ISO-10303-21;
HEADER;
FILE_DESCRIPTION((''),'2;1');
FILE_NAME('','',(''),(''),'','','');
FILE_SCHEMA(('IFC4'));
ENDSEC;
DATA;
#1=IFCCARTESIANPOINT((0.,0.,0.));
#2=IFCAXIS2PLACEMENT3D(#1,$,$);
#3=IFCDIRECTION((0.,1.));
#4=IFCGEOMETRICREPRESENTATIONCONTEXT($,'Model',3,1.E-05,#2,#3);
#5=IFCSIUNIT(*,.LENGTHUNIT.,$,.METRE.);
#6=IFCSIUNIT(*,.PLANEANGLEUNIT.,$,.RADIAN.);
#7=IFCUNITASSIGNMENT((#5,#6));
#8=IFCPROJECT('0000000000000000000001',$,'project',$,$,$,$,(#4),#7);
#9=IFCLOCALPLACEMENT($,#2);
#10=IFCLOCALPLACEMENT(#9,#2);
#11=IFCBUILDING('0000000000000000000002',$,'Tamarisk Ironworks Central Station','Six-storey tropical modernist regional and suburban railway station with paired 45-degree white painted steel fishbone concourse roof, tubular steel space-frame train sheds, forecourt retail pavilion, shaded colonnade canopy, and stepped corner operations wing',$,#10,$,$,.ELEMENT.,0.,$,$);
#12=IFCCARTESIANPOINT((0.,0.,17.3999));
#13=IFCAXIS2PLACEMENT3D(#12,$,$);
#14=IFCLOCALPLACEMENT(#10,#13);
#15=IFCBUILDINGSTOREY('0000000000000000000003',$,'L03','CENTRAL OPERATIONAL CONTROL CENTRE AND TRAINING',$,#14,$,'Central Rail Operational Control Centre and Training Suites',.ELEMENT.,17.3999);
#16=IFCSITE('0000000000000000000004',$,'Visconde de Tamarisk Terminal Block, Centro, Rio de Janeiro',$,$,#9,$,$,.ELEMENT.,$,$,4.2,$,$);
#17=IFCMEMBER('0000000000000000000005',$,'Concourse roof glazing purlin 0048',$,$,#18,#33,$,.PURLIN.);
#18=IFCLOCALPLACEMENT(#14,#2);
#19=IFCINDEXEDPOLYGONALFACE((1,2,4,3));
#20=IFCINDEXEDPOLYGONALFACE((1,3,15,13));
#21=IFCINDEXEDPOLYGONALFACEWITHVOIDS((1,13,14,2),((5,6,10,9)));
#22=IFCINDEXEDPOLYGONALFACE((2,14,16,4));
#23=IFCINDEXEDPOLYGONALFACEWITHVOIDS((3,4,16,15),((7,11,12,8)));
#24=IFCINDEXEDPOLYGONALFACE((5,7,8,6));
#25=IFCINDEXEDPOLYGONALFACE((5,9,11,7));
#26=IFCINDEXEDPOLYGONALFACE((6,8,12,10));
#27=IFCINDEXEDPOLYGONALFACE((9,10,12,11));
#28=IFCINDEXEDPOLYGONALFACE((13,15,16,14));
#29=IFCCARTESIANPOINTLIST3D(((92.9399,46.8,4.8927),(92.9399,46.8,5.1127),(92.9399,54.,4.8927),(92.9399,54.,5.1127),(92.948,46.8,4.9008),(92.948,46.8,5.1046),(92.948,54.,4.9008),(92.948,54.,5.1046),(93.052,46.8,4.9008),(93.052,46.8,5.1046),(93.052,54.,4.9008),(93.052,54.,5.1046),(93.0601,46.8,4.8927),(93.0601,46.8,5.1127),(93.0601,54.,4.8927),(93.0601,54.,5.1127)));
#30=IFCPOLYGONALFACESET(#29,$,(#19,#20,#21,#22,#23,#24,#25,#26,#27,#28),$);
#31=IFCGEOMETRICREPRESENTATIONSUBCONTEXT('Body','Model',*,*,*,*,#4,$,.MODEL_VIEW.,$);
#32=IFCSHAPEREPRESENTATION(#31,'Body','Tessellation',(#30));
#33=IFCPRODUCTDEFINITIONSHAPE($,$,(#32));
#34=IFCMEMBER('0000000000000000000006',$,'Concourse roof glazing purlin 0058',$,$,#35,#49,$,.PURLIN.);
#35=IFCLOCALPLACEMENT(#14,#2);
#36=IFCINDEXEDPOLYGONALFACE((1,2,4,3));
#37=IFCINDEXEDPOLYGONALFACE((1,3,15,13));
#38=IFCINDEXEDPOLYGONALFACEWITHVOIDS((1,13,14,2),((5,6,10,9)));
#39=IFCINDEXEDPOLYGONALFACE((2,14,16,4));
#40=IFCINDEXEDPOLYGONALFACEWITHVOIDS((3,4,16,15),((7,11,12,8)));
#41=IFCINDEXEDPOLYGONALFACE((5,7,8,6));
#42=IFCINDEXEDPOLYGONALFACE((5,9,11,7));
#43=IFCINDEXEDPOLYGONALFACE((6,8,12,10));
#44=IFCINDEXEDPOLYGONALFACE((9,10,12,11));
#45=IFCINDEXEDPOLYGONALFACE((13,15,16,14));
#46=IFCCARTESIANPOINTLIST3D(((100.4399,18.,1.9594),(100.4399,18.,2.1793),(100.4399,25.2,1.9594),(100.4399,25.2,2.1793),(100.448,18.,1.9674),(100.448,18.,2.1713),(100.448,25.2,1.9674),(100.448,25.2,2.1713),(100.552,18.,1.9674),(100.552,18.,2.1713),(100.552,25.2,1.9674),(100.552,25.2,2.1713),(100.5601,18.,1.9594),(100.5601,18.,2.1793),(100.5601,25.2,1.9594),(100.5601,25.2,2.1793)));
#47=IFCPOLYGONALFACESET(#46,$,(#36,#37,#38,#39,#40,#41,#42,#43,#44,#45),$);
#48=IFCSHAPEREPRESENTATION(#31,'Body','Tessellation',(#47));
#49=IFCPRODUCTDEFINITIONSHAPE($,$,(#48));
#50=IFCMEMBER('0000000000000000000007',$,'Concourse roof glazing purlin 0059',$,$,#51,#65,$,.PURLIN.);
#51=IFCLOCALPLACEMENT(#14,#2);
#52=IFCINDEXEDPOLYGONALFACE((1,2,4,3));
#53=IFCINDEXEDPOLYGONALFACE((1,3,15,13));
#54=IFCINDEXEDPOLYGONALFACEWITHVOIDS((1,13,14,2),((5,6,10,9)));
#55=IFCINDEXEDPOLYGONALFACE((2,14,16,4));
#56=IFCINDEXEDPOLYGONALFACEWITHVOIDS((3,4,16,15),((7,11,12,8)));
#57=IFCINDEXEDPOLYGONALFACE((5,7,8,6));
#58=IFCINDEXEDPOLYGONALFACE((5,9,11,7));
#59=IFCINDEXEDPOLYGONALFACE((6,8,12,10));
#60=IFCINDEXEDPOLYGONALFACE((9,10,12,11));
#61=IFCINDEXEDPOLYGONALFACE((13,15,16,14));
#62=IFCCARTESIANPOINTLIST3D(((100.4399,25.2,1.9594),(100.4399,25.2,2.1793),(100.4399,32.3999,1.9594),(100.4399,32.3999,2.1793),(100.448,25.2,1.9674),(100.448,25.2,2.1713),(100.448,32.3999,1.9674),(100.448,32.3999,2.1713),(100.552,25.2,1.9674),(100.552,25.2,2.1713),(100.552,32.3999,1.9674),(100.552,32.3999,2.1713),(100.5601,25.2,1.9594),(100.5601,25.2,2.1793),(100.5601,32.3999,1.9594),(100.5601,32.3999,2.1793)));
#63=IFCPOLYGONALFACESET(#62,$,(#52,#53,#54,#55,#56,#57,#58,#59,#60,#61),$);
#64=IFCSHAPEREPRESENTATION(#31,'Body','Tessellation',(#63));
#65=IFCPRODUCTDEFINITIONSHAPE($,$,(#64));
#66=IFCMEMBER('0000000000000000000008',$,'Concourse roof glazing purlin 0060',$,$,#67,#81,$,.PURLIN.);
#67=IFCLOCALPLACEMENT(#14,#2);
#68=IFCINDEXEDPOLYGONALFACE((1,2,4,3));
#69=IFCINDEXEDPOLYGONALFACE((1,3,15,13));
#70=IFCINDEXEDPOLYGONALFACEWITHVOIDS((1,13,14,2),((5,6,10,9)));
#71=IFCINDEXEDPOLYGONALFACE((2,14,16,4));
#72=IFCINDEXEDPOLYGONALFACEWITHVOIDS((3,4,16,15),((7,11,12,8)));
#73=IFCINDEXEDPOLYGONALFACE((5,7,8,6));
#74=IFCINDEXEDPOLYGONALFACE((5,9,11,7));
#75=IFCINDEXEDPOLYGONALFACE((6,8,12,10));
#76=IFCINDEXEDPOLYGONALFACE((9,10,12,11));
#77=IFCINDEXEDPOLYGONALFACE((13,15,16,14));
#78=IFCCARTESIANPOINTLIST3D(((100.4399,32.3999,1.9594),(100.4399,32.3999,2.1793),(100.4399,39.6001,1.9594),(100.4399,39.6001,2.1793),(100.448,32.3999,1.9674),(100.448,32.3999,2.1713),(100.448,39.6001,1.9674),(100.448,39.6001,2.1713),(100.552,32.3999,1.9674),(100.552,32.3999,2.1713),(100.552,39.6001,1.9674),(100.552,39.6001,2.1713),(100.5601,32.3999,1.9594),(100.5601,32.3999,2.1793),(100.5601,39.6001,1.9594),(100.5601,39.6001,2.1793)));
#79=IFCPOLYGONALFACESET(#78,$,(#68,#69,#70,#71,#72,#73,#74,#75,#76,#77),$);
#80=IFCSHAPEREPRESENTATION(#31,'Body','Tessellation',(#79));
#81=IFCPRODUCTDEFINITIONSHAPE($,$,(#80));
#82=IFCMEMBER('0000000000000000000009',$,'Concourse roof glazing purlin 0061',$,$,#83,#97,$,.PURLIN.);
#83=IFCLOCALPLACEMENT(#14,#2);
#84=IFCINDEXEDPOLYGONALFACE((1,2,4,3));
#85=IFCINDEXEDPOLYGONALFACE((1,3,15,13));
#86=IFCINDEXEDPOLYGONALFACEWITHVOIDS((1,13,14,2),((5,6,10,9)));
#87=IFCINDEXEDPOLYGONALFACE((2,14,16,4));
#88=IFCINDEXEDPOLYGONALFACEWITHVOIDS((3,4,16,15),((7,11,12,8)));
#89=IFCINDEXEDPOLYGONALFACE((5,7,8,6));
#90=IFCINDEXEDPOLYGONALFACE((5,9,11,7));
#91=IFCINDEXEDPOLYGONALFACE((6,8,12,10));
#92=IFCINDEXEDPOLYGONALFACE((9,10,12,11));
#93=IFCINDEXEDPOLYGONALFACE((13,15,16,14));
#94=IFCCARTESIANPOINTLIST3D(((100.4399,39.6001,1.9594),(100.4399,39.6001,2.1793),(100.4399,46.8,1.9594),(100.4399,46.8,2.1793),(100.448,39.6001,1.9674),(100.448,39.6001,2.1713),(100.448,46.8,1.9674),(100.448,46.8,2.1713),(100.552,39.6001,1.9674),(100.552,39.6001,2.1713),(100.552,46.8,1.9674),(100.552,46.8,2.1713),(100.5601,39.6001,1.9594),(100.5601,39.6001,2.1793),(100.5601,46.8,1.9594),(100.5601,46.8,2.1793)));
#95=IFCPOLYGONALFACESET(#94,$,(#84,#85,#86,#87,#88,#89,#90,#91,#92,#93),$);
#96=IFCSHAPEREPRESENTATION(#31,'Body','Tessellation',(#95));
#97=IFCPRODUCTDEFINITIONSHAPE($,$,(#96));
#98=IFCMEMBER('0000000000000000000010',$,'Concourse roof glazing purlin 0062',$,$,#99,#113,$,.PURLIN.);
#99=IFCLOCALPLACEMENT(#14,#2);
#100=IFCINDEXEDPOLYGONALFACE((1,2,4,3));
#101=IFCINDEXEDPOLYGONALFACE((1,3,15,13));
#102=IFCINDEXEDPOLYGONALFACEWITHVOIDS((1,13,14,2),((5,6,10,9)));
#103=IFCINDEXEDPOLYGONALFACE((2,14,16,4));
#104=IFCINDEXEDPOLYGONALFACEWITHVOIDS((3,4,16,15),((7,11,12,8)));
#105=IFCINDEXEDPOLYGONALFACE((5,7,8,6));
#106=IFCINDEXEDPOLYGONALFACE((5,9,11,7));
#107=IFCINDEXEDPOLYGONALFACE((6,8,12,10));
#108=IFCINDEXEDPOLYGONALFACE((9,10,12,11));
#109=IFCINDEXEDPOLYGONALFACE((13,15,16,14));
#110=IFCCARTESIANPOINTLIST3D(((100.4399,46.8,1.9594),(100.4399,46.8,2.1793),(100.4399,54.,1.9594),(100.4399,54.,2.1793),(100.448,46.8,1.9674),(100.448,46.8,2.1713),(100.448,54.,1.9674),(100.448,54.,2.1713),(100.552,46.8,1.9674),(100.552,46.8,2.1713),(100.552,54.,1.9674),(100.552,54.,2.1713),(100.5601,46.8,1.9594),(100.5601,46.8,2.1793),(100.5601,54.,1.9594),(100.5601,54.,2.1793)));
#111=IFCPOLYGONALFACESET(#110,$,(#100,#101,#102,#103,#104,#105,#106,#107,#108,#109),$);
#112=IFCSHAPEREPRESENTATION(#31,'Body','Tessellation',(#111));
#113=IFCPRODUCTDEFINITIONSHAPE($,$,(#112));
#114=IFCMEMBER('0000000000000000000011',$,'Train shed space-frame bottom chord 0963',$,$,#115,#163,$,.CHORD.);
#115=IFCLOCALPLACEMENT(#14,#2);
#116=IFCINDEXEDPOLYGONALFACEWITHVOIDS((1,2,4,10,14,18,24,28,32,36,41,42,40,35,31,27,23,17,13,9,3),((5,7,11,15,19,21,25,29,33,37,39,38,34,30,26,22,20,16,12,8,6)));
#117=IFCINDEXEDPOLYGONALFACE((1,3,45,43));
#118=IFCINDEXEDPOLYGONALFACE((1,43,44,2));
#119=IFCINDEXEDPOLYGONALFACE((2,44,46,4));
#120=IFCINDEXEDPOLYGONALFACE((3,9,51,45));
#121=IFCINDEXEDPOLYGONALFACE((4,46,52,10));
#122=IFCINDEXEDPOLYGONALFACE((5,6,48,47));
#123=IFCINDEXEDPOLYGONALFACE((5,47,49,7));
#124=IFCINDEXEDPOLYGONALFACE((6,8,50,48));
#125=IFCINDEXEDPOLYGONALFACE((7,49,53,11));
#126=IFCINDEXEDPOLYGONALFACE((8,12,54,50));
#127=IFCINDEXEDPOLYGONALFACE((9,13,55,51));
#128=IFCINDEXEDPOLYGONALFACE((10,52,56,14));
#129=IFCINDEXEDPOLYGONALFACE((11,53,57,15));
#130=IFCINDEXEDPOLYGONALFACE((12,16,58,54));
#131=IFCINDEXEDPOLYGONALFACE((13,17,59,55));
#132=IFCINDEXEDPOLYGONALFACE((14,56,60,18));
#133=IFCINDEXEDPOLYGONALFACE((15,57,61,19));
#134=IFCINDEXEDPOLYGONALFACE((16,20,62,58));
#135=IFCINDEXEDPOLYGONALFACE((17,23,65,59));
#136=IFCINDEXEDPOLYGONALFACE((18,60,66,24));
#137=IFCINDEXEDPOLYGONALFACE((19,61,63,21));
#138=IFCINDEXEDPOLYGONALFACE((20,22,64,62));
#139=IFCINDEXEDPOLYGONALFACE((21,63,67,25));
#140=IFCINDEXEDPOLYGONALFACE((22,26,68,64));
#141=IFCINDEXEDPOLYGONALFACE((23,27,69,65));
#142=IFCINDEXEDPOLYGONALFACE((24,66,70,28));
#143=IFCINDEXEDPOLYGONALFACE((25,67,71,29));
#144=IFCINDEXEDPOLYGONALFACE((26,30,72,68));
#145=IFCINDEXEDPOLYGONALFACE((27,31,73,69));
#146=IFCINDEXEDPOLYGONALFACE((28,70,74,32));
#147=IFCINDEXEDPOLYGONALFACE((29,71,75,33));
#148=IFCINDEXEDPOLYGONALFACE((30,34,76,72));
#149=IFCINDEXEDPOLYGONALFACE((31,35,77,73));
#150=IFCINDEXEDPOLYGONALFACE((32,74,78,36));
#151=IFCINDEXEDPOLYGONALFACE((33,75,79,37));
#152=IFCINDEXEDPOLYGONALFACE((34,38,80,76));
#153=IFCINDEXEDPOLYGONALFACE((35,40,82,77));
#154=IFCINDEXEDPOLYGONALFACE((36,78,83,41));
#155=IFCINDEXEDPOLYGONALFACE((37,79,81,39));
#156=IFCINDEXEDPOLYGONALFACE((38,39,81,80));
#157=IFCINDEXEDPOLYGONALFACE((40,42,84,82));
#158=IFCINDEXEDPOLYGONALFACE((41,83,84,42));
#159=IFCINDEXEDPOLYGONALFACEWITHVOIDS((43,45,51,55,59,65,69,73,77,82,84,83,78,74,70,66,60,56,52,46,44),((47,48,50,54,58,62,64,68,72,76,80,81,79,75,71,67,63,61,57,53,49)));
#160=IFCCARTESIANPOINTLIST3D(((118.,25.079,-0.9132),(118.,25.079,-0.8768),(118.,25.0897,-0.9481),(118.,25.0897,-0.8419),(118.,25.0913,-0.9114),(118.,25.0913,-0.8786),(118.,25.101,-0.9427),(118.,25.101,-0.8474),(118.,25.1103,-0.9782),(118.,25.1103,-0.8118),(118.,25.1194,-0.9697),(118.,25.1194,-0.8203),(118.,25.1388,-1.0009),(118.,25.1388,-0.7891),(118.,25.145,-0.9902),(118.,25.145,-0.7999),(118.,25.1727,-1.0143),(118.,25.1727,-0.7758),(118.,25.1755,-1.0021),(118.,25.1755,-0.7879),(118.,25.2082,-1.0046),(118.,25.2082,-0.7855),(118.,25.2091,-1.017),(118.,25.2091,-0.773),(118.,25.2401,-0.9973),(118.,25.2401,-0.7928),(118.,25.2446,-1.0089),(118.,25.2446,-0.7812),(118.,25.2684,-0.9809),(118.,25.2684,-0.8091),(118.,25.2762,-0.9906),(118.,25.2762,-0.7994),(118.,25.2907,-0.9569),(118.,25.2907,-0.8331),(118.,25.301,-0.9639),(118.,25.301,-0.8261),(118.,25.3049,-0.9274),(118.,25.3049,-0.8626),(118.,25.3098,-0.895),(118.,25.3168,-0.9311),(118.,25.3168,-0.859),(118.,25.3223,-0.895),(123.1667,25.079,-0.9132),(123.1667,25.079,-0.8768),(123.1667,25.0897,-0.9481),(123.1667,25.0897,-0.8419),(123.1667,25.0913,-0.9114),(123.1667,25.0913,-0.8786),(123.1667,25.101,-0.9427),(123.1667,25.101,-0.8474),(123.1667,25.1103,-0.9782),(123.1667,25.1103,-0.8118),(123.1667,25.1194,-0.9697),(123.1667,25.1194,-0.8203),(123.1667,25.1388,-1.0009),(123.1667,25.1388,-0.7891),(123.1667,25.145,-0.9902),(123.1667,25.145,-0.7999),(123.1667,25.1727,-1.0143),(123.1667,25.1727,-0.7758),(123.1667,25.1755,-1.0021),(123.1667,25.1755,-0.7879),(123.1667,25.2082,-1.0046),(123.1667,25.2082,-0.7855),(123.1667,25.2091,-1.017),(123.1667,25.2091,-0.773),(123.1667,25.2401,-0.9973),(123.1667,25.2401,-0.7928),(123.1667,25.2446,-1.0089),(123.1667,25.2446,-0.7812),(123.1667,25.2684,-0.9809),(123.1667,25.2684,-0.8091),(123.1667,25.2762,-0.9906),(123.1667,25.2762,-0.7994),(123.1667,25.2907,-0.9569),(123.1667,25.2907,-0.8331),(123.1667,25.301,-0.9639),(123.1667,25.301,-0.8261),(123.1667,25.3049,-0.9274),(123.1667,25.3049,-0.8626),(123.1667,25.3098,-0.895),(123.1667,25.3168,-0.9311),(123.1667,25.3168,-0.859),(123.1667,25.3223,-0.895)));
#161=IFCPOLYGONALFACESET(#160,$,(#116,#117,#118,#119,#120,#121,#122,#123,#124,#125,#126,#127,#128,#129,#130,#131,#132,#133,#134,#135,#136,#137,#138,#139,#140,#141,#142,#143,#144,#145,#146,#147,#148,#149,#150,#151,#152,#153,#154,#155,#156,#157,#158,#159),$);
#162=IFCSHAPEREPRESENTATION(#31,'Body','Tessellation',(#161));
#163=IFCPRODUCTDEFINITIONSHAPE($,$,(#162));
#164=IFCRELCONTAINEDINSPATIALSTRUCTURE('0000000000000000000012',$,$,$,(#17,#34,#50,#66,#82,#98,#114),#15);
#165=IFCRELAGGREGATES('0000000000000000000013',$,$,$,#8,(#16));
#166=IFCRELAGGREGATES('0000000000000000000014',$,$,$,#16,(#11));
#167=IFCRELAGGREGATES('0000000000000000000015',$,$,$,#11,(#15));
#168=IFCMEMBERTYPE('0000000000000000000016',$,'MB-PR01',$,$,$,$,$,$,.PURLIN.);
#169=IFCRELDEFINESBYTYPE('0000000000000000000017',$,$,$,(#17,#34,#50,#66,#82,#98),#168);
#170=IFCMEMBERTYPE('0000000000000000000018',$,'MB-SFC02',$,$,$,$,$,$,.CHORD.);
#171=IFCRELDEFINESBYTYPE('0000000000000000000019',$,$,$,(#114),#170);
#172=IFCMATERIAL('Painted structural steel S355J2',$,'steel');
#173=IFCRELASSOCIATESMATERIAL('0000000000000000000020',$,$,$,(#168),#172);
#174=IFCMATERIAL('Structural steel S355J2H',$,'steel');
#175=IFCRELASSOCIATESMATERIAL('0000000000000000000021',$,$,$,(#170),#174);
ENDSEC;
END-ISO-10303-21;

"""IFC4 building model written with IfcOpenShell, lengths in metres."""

from ifc_helpers import new_model, si_unit, direction, frame, origin, origin_2d, place, context, subcontext, project, spatial, hollow_rectangle, hollow_circle, extrude, material, material_profile, profile_set, type_object, element, save


model = new_model("IFC4")

# Units and contexts
model_context = context("Model", 3, precision=1e-05, world=origin(), true_north=direction((0.0, 1.0)))
body_context = subcontext(model_context, "Body", "Model", "MODEL_VIEW")
ifc_project = project(units=[si_unit("LENGTHUNIT", "METRE"), si_unit("PLANEANGLEUNIT", "RADIAN")], contexts=[model_context])

# Site, building, storey
site_placement = place(None, origin())
site = spatial("IfcSite", under=ifc_project, at=site_placement, Name="Visconde de Tamarisk Terminal Block, Centro, Rio de Janeiro", CompositionType="ELEMENT", RefElevation=4.2)
building_placement = place(site_placement, origin())
building = spatial("IfcBuilding", under=site, at=building_placement, Name="Tamarisk Ironworks Central Station", Description="Six-storey tropical modernist regional and suburban railway station with paired 45-degree white painted steel fishbone concourse roof, tubular steel space-frame train sheds, forecourt retail pavilion, shaded colonnade canopy, and stepped corner operations wing", CompositionType="ELEMENT", ElevationOfRefHeight=0.0)
storey_placement = place(building_placement, frame((0.0, 0.0, 17.3999)))
storey = spatial("IfcBuildingStorey", under=building, at=storey_placement, Name="L03", Description="CENTRAL OPERATIONAL CONTROL CENTRE AND TRAINING", LongName="Central Rail Operational Control Centre and Training Suites", CompositionType="ELEMENT", Elevation=17.3999)

# Shared definitions
ifc_material_1 = material(Name="Painted structural steel S355J2", Category="steel")

# Members
ifc_material_profile_1 = material_profile(ifc_material_1, hollow_rectangle(XDim=0.1201, YDim=0.22, WallThickness=0.0081, at=origin_2d()), Name="RHS 220x120x8")
ifc_profile_set_1 = profile_set([ifc_material_profile_1], Name="Painted structural steel S355J2")
member_type_1 = type_object("IfcMemberType", Name="MB-PR01", PredefinedType="PURLIN", material=ifc_profile_set_1)
for number, where, z_axis, x_axis, name in (
    (1, (93.0, 46.8, 5.0027), (0.0, 1.0, 0.0), (-1.0, 0.0, 0.0), "Concourse roof glazing purlin 0048"),
    (2, (100.5, 18.0, 2.0693), (0.0, 1.0, 0.0), (-1.0, 0.0, 0.0), "Concourse roof glazing purlin 0058"),
    (3, (100.5, 25.2, 2.0693), (0.0, 1.0, 0.0), (-1.0, 0.0, 0.0), "Concourse roof glazing purlin 0059"),
):
    element("IfcMember", number, at=place(storey_placement, frame(where, z_axis=z_axis, x_axis=x_axis)), inside=storey, type_object=member_type_1, Name=name, PredefinedType="PURLIN", context=body_context, shape_type="SweptSolid", body=[
        extrude(hollow_rectangle(XDim=0.1201, YDim=0.22, WallThickness=0.0081, at=origin_2d()), origin(), (0.0, 0.0, 1.0), 7.2),
    ])
member_1_placement = place(storey_placement, frame((100.5, 32.3999, 2.0693), z_axis=(0.0, 1.0, 0.0), x_axis=(-1.0, 0.0, 0.0)))
element("IfcMember", 4, at=member_1_placement, inside=storey, type_object=member_type_1, Name="Concourse roof glazing purlin 0060", PredefinedType="PURLIN", context=body_context, shape_type="SweptSolid", body=[
    extrude(hollow_rectangle(XDim=0.1201, YDim=0.22, WallThickness=0.0081, at=origin_2d()), origin(), (0.0, 0.0, 1.0), 7.2002),
])
for number, where, z_axis, x_axis, name in (
    (5, (100.5, 39.6001, 2.0693), (0.0, 1.0, 0.0), (-1.0, 0.0, 0.0), "Concourse roof glazing purlin 0061"),
    (6, (100.5, 46.8, 2.0693), (0.0, 1.0, 0.0), (-1.0, 0.0, 0.0), "Concourse roof glazing purlin 0062"),
):
    element("IfcMember", number, at=place(storey_placement, frame(where, z_axis=z_axis, x_axis=x_axis)), inside=storey, type_object=member_type_1, Name=name, PredefinedType="PURLIN", context=body_context, shape_type="SweptSolid", body=[
        extrude(hollow_rectangle(XDim=0.1201, YDim=0.22, WallThickness=0.0081, at=origin_2d()), origin(), (0.0, 0.0, 1.0), 7.2),
    ])
ifc_material_2 = material(Name="Structural steel S355J2H", Category="steel")
ifc_material_profile_2 = material_profile(ifc_material_2, hollow_circle(Radius=0.1223, WallThickness=0.0125, at=origin_2d()), Name="CHS 244.5x12.5")
ifc_profile_set_2 = profile_set([ifc_material_profile_2], Name="Structural steel S355J2H")
member_type_2 = type_object("IfcMemberType", Name="MB-SFC02", PredefinedType="CHORD", material=ifc_profile_set_2)
for number, where, z_axis, x_axis, name in (
    (7, (118.0, 25.2, -0.895), (1.0, 0.0, 0.0), (0.0, 1.0, 0.0), "Train shed space-frame bottom chord 0963"),
):
    element("IfcMember", number, at=place(storey_placement, frame(where, z_axis=z_axis, x_axis=x_axis)), inside=storey, type_object=member_type_2, Name=name, PredefinedType="CHORD", context=body_context, shape_type="SweptSolid", body=[
        extrude(hollow_circle(Radius=0.1223, WallThickness=0.0125, at=origin_2d()), origin(), (0.0, 0.0, 1.0), 5.1667),
    ])

save(model, "model.ifc")
